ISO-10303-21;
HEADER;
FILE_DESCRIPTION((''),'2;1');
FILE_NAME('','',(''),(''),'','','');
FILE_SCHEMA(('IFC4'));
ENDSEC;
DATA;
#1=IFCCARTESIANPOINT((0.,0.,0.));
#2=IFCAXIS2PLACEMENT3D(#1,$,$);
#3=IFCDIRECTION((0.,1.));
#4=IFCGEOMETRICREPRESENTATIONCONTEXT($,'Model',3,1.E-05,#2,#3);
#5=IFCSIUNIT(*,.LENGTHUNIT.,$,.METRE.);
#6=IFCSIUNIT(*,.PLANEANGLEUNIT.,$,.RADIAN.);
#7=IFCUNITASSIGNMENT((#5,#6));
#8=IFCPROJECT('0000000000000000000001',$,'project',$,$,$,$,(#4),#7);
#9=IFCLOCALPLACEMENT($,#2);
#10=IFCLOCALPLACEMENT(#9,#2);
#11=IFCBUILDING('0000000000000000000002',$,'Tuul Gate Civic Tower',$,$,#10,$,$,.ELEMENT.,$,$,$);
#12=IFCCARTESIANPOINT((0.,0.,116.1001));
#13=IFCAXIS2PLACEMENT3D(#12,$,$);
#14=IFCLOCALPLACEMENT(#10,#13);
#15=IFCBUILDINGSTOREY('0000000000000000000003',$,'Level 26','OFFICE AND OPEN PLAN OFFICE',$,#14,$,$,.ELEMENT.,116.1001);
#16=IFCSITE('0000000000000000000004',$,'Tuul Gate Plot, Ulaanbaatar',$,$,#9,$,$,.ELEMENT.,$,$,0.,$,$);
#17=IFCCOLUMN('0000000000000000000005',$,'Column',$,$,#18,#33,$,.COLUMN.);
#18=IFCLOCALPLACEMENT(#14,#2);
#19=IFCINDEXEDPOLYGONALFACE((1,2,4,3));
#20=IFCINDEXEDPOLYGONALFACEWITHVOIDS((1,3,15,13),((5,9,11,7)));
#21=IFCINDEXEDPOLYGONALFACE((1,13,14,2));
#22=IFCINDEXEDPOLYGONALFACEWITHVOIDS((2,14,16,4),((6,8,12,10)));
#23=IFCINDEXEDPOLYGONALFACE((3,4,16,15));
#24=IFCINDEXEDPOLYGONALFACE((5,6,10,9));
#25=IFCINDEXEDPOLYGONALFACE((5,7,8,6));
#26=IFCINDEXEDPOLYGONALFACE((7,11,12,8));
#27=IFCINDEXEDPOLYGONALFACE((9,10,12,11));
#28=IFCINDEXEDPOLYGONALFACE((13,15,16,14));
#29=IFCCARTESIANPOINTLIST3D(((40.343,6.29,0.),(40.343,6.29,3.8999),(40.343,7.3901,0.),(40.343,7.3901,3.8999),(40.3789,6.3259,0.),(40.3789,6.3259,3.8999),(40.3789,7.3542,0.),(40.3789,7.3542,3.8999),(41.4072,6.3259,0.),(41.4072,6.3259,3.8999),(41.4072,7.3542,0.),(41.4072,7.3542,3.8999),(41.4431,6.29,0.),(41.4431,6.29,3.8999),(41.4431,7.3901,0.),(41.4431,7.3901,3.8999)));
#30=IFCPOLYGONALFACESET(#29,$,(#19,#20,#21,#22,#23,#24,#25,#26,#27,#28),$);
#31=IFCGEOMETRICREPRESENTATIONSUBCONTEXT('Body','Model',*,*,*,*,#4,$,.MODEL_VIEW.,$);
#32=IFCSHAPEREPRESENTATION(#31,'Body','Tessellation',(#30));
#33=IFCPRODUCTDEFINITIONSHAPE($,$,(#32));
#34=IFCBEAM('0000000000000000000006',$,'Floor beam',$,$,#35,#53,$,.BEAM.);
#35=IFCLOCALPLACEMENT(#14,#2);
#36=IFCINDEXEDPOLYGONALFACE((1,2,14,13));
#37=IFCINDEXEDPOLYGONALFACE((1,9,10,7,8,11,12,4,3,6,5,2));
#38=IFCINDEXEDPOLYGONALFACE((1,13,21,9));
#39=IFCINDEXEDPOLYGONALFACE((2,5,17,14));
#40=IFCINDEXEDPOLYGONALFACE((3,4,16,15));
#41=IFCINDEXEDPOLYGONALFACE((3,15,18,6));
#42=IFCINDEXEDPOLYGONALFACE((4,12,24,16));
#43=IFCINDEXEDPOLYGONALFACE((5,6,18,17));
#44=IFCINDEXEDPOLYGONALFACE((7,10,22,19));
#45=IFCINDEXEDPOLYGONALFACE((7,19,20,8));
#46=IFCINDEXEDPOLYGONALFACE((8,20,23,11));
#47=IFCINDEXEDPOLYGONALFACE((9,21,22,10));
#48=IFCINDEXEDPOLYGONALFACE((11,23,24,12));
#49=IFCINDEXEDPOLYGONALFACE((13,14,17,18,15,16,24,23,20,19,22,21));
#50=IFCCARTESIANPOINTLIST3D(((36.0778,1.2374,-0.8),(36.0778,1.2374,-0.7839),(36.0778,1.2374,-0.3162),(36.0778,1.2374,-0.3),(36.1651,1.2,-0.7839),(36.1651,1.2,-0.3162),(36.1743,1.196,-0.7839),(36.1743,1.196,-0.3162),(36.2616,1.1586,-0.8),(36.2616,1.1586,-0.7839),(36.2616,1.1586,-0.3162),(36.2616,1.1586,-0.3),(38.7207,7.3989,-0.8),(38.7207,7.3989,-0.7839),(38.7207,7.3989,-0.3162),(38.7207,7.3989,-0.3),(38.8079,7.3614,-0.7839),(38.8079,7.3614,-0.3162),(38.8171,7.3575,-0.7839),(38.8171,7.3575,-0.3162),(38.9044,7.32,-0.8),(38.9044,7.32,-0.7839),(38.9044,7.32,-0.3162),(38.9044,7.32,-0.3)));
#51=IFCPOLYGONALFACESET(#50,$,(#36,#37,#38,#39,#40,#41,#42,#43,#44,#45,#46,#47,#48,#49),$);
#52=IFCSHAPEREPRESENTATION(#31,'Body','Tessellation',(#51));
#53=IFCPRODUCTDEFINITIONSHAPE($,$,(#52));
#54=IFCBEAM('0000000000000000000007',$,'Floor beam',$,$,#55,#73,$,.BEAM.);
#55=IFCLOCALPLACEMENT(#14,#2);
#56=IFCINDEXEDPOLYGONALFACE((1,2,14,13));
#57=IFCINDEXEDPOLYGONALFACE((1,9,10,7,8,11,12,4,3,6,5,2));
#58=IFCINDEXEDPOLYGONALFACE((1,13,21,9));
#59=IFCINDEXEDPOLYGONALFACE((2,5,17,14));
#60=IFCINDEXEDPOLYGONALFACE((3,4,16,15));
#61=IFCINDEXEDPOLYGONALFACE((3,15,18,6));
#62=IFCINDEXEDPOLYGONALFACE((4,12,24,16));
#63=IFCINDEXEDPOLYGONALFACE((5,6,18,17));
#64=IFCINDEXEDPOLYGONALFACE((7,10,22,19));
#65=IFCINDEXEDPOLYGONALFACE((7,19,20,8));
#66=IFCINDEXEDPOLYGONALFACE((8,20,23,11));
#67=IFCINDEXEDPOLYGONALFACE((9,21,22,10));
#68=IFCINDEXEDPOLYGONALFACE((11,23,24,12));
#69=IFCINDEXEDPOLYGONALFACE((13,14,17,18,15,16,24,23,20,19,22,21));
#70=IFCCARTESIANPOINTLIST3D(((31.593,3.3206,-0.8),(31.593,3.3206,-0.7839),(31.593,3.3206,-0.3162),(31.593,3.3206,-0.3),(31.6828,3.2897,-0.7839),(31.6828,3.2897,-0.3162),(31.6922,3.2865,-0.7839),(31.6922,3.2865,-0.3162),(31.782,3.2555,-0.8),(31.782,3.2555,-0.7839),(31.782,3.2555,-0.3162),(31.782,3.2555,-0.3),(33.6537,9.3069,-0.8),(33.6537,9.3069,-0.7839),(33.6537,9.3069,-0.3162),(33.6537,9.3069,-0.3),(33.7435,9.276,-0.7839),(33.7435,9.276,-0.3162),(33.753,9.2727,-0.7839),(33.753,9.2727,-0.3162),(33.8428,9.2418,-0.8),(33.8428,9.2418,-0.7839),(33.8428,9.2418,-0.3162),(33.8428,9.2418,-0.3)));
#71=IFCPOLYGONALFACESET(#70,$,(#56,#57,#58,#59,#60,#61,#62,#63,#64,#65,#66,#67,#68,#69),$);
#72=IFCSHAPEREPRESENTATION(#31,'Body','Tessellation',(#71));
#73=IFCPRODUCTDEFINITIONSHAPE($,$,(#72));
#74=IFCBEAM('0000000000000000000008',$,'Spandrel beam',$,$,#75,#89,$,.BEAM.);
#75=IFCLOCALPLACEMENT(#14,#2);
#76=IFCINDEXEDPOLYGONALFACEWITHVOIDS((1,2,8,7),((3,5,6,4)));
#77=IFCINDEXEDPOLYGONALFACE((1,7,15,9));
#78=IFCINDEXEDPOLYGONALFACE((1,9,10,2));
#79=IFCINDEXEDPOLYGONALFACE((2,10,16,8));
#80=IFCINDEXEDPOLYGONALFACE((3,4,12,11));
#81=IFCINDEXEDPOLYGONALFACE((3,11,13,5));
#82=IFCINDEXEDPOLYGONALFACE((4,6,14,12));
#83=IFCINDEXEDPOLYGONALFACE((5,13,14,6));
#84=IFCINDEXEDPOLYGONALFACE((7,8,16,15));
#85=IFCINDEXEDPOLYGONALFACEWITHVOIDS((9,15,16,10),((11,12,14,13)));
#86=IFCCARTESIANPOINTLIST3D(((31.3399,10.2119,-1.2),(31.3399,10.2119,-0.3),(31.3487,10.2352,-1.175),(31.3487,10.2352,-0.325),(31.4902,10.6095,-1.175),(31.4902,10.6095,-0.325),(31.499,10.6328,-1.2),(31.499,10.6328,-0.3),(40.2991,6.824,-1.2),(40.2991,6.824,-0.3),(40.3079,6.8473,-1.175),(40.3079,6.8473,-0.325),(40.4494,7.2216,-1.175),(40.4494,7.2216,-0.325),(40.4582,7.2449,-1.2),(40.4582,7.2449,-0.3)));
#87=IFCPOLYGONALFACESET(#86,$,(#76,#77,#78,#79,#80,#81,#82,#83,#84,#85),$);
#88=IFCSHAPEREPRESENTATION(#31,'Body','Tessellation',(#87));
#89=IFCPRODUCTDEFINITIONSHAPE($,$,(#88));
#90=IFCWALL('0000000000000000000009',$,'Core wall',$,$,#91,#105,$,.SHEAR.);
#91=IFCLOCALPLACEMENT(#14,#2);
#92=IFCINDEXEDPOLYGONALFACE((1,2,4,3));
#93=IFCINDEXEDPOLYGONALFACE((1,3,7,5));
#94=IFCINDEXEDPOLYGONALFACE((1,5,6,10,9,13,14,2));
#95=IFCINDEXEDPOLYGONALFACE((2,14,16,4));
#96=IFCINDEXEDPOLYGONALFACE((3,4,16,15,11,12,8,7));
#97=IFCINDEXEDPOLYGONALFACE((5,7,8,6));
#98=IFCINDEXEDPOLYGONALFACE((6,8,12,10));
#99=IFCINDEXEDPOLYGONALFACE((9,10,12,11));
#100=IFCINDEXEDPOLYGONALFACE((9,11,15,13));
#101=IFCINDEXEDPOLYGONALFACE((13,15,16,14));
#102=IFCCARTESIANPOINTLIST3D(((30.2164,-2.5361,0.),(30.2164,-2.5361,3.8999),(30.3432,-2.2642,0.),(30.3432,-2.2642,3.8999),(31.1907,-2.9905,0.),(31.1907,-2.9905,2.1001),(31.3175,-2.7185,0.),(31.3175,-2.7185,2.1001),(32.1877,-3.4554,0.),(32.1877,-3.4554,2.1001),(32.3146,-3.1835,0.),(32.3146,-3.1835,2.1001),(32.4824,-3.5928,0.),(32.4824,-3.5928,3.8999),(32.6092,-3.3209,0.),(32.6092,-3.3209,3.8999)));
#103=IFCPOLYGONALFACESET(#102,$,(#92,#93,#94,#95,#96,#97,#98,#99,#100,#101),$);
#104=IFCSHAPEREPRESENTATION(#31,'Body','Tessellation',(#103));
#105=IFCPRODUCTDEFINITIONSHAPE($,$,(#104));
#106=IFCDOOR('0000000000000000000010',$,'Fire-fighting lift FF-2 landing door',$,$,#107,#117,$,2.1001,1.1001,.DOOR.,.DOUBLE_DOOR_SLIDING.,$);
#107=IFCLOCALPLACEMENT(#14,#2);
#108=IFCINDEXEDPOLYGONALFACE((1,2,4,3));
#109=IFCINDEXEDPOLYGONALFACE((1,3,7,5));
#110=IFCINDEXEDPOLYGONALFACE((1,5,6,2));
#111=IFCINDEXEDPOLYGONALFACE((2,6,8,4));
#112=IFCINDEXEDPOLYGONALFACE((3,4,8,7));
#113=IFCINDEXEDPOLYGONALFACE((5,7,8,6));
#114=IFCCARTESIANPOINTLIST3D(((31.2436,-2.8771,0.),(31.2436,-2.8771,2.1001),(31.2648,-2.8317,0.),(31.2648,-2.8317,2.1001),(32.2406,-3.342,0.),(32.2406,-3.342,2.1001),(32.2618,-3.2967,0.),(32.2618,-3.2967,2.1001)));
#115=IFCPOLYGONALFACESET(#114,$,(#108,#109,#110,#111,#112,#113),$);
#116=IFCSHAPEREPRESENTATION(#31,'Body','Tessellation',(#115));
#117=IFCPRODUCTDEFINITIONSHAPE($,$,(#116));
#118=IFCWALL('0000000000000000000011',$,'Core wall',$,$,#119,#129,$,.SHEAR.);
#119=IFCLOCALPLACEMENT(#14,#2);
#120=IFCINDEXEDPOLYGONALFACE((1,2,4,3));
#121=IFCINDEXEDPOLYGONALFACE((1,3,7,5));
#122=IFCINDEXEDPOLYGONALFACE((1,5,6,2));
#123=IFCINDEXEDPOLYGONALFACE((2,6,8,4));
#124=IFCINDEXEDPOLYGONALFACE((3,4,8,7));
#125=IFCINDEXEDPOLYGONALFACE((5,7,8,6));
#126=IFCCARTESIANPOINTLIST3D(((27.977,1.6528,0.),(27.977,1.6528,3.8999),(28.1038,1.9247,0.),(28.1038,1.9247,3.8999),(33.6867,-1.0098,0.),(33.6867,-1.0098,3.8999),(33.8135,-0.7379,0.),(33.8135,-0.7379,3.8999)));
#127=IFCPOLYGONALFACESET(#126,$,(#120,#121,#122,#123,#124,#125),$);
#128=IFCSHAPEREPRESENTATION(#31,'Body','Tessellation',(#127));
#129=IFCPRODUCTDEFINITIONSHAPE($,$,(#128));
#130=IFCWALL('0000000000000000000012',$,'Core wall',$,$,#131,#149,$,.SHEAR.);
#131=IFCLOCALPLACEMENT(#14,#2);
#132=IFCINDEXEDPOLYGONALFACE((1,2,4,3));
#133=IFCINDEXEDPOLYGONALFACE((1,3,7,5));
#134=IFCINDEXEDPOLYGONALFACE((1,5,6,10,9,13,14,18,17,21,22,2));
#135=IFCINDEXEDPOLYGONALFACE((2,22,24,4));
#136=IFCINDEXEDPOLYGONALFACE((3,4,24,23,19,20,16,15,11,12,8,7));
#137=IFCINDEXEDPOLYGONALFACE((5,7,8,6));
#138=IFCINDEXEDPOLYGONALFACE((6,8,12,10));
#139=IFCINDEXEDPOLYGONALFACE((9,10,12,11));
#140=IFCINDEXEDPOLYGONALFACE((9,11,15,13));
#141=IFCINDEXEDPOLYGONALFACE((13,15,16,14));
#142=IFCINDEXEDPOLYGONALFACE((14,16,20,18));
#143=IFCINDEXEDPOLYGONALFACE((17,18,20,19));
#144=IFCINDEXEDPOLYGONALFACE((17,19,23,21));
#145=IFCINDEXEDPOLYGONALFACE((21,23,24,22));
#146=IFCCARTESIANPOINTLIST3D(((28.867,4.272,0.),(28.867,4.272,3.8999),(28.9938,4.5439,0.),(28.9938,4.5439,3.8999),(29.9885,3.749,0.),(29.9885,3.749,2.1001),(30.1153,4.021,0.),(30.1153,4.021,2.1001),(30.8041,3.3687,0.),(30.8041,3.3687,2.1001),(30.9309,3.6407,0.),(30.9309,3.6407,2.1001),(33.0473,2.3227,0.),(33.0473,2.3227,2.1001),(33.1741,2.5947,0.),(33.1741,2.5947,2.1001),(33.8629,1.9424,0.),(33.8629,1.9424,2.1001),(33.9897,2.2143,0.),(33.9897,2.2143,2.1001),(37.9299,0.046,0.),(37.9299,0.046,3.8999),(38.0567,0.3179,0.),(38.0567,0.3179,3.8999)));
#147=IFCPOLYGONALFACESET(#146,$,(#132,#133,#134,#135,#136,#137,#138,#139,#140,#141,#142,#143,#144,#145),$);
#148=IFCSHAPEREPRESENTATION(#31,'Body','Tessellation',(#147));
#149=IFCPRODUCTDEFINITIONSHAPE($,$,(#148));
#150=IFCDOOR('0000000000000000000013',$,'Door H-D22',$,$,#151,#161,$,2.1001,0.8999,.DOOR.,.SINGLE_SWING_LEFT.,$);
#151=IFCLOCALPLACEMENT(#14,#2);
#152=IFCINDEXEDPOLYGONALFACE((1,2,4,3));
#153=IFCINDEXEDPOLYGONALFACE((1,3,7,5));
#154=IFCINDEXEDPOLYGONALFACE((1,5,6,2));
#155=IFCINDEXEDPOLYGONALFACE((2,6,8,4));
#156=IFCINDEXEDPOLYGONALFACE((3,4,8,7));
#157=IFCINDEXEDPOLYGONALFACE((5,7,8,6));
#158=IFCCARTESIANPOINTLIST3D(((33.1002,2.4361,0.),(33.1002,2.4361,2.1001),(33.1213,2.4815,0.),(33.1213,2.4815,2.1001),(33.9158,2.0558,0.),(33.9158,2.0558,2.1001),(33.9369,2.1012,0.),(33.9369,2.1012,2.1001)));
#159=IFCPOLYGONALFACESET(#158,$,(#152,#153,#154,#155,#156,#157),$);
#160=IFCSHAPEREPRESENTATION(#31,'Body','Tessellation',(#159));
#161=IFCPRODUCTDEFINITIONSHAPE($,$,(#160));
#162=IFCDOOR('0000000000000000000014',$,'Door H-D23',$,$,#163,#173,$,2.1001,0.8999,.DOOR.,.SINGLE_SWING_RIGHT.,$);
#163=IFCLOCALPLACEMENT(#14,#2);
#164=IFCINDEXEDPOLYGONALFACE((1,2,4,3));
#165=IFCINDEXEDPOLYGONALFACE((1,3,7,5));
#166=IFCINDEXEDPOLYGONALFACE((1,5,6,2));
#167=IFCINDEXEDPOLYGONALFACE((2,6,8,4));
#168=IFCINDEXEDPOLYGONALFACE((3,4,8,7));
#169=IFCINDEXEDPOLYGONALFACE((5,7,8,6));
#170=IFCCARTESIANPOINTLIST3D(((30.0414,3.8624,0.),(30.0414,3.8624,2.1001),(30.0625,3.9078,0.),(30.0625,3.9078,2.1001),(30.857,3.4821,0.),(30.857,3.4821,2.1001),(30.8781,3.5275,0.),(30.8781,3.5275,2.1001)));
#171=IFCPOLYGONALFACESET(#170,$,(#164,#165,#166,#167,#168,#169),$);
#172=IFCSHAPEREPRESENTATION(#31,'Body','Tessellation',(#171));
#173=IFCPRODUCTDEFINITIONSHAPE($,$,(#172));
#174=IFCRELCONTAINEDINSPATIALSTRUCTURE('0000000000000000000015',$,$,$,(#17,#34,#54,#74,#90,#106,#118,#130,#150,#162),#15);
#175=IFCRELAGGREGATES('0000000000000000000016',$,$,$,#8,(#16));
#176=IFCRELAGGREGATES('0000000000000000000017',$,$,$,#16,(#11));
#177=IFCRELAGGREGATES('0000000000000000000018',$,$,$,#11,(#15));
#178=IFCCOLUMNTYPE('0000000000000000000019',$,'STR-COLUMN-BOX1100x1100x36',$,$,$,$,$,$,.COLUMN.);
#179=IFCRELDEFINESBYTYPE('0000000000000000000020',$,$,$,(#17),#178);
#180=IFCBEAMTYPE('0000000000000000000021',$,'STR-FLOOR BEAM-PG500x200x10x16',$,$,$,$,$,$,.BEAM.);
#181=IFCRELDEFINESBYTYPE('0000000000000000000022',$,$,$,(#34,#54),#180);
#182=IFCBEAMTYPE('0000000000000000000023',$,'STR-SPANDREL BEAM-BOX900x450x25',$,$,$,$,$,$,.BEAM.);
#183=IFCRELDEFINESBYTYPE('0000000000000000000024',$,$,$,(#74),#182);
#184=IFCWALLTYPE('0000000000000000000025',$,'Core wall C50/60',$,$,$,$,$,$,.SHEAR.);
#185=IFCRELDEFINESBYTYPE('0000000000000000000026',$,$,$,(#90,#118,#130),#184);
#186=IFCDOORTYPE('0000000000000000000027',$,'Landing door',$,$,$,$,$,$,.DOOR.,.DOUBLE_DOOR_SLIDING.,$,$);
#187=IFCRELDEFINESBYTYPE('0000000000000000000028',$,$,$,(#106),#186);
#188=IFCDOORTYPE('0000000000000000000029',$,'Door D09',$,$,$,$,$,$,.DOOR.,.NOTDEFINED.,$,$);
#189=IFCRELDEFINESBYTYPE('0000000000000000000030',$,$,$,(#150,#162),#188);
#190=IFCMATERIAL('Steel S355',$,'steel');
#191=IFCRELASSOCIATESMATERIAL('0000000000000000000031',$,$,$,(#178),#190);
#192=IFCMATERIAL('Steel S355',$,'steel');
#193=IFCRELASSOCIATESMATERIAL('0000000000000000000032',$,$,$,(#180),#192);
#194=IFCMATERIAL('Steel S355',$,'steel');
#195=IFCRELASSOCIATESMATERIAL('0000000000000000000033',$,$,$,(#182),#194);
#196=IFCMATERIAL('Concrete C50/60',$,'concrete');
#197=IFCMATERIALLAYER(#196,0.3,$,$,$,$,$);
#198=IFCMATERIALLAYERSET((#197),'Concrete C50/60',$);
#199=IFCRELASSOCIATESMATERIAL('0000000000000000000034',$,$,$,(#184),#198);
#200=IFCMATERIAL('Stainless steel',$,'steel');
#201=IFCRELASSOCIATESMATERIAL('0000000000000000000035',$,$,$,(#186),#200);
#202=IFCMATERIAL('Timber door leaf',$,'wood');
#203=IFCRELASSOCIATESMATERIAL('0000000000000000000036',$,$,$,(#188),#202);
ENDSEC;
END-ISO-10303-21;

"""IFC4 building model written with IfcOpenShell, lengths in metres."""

from ifc_helpers import new_model, si_unit, direction, frame, frame_2d, origin, origin_2d, place, context, subcontext, project, spatial, rectangle, hollow_rectangle, i_section, extrude, material, layer, layer_set, material_profile, profile_set, type_object, element, fill, save


model = new_model("IFC4")

# Units and contexts
model_context = context("Model", 3, precision=1e-05, world=origin(), true_north=direction((0.0, 1.0)))
body_context = subcontext(model_context, "Body", "Model", "MODEL_VIEW")
ifc_project = project(units=[si_unit("LENGTHUNIT", "METRE"), si_unit("PLANEANGLEUNIT", "RADIAN")], contexts=[model_context])

# Site, building, storey
site_placement = place(None, origin())
site = spatial("IfcSite", under=ifc_project, at=site_placement, Name="Tuul Gate Plot, Ulaanbaatar", CompositionType="ELEMENT", RefElevation=0.0)
building_placement = place(site_placement, origin())
building = spatial("IfcBuilding", under=site, at=building_placement, Name="Tuul Gate Civic Tower", CompositionType="ELEMENT")
storey_placement = place(building_placement, frame((0.0, 0.0, 116.1001)))
storey = spatial("IfcBuildingStorey", under=building, at=storey_placement, Name="Level 26", Description="OFFICE AND OPEN PLAN OFFICE", CompositionType="ELEMENT", Elevation=116.1001)

# Column
ifc_material_1 = material(Name="Steel S355", Category="steel")
ifc_material_profile_1 = material_profile(ifc_material_1, hollow_rectangle(XDim=1.1001, YDim=1.1001, WallThickness=0.0359, at=origin_2d()), Name="BOX1100x1100x36")
ifc_profile_set_1 = profile_set([ifc_material_profile_1], Name="Steel S355")
column_type = type_object("IfcColumnType", Name="STR-COLUMN-BOX1100x1100x36", PredefinedType="COLUMN", material=ifc_profile_set_1)
column_placement = place(storey_placement, frame((40.8931, 6.8401, 0.0), z_axis=(0.0, 0.0, 1.0), x_axis=(1.0, 0.0, 0.0)))
element("IfcColumn", 1, at=column_placement, inside=storey, type_object=column_type, Name="Column", PredefinedType="COLUMN", context=body_context, shape_type="SweptSolid", body=[
    extrude(hollow_rectangle(XDim=1.1001, YDim=1.1001, WallThickness=0.0359, at=origin_2d()), origin(), (0.0, 0.0, 1.0), 3.8999),
])

# Beams
ifc_material_2 = material(Name="Steel S355", Category="steel")
ifc_material_profile_2 = material_profile(ifc_material_2, i_section(OverallWidth=0.2, OverallDepth=0.5, WebThickness=0.01, FlangeThickness=0.0161, at=origin_2d()), Name="PG500x200x10x16")
ifc_profile_set_2 = profile_set([ifc_material_profile_2], Name="Steel S355")
beam_type_1 = type_object("IfcBeamType", Name="STR-FLOOR BEAM-PG500x200x10x16", PredefinedType="BEAM", material=ifc_profile_set_2)
beam_1_placement = place(storey_placement, frame((36.1697, 1.198, -0.55), z_axis=(0.394201, 0.919024, 0.0), x_axis=(-0.919024, 0.394201, 0.0)))
element("IfcBeam", 2, at=beam_1_placement, inside=storey, type_object=beam_type_1, Name="Floor beam", PredefinedType="BEAM", context=body_context, shape_type="SweptSolid", body=[
    extrude(i_section(OverallWidth=0.2, OverallDepth=0.5, WebThickness=0.01, FlangeThickness=0.0161, at=origin_2d()), origin(), (0.0, 0.0, 1.0), 6.7043),
])
beam_2_placement = place(storey_placement, frame((31.6875, 3.2881, -0.55), z_axis=(0.325502, 0.945541, 0.0), x_axis=(-0.945541, 0.325502, 0.0)))
element("IfcBeam", 3, at=beam_2_placement, inside=storey, type_object=beam_type_1, Name="Floor beam", PredefinedType="BEAM", context=body_context, shape_type="SweptSolid", body=[
    extrude(i_section(OverallWidth=0.2, OverallDepth=0.5, WebThickness=0.01, FlangeThickness=0.0161, at=origin_2d()), origin(), (0.0, 0.0, 1.0), 6.3311),
])
ifc_material_3 = material(Name="Steel S355", Category="steel")
ifc_material_profile_3 = material_profile(ifc_material_3, hollow_rectangle(XDim=0.45, YDim=0.8999, WallThickness=0.0249, at=origin_2d()), Name="BOX900x450x25")
ifc_profile_set_3 = profile_set([ifc_material_profile_3], Name="Steel S355")
beam_type_2 = type_object("IfcBeamType", Name="STR-SPANDREL BEAM-BOX900x450x25", PredefinedType="BEAM", material=ifc_profile_set_3)
beam_3_placement = place(storey_placement, frame((40.3787, 7.0344, -0.75), z_axis=(-0.935357, 0.353706, 0.0), x_axis=(-0.353706, -0.935357, 0.0)))
element("IfcBeam", 4, at=beam_3_placement, inside=storey, type_object=beam_type_2, Name="Spandrel beam", PredefinedType="BEAM", context=body_context, shape_type="SweptSolid", body=[
    extrude(hollow_rectangle(XDim=0.45, YDim=0.8999, WallThickness=0.0249, at=origin_2d()), origin(), (0.0, 0.0, 1.0), 9.5784),
])

# Wall, opening, door
ifc_material_4 = material(Name="Concrete C50/60", Category="concrete")
ifc_layer_1 = layer(ifc_material_4, 0.3)
ifc_layer_set_1 = layer_set([ifc_layer_1], Name="Concrete C50/60")
wall_type_1 = type_object("IfcWallType", Name="Core wall C50/60", PredefinedType="SHEAR", material=ifc_layer_set_1)
wall_1_placement = place(storey_placement, frame((32.5457, -3.4568, 0.0), z_axis=(0.0, 0.0, 1.0), x_axis=(-0.9063, 0.422634, 0.0)))
wall_1 = element("IfcWall", 5, at=wall_1_placement, inside=storey, type_object=wall_type_1, Name="Core wall", PredefinedType="SHEAR", context=body_context, shape_type="SweptSolid", body=[
    extrude(rectangle(XDim=2.5002, YDim=0.3, at=frame_2d((1.25, 0.0))), origin(), (0.0, 0.0, 1.0), 3.8999),
])
opening_1_placement = place(wall_1_placement, frame((0.325, 0.0, 0.0)))
opening_1 = element("IfcOpeningElement", 6, at=opening_1_placement, cuts=wall_1, PredefinedType="OPENING", context=body_context, shape_type="SweptSolid", body=[
    extrude(rectangle(XDim=1.1001, YDim=2.1001, at=frame_2d((0.55, 1.05))), frame((0.0, 0.1602, 0.0), z_axis=(0.0, -1.0, 0.0), x_axis=(1.0, 0.0, 0.0)), (0.0, 0.0, 1.0), 0.3201),
])
ifc_material_5 = material(Name="Stainless steel", Category="steel")
door_type_1 = type_object("IfcDoorType", Name="Landing door", OperationType="DOUBLE_DOOR_SLIDING", PredefinedType="DOOR", material=ifc_material_5)
door_1_placement = place(opening_1_placement, origin())
door_1 = element("IfcDoor", 7, at=door_1_placement, inside=storey, type_object=door_type_1, Name="Fire-fighting lift FF-2 landing door", OperationType="DOUBLE_DOOR_SLIDING", OverallHeight=2.1001, OverallWidth=1.1001, PredefinedType="DOOR", context=body_context, shape_type="SweptSolid", body=[
    extrude(rectangle(XDim=1.1001, YDim=2.1001, at=frame_2d((0.55, 1.05))), frame((0.0, 0.0249, 0.0), z_axis=(0.0, -1.0, 0.0), x_axis=(1.0, 0.0, 0.0)), (0.0, 0.0, 1.0), 0.05),
])
fill(opening_1, door_1)

# Wall
wall_2_placement = place(storey_placement, frame((33.75, -0.8738, 0.0), z_axis=(0.0, 0.0, 1.0), x_axis=(-0.906301, 0.422633, 0.0)))
element("IfcWall", 8, at=wall_2_placement, inside=storey, type_object=wall_type_1, Name="Core wall", PredefinedType="SHEAR", context=body_context, shape_type="SweptSolid", body=[
    extrude(rectangle(XDim=6.3, YDim=0.3, at=frame_2d((3.1499, 0.0))), origin(), (0.0, 0.0, 1.0), 3.8999),
])

# Wall, openings, doors
wall_3_placement = place(storey_placement, frame((37.9934, 0.1819, 0.0), z_axis=(0.0, 0.0, 1.0), x_axis=(-0.90631, 0.422613, 0.0)))
wall_3 = element("IfcWall", 9, at=wall_3_placement, inside=storey, type_object=wall_type_1, Name="Core wall", PredefinedType="SHEAR", context=body_context, shape_type="SweptSolid", body=[
    extrude(rectangle(XDim=9.9998, YDim=0.3, at=frame_2d((5.0, 0.0))), origin(), (0.0, 0.0, 1.0), 3.8999),
])
opening_2_placement = place(wall_3_placement, frame((4.4875, 0.0, 0.0)))
opening_2 = element("IfcOpeningElement", 10, at=opening_2_placement, cuts=wall_3, PredefinedType="OPENING", context=body_context, shape_type="SweptSolid", body=[
    extrude(rectangle(XDim=0.8999, YDim=2.1001, at=frame_2d((0.45, 1.05))), frame((0.0, 0.1602, 0.0), z_axis=(0.0, -1.0, 0.0), x_axis=(1.0, 0.0, 0.0)), (0.0, 0.0, 1.0), 0.3201),
])
opening_3_placement = place(wall_3_placement, frame((7.8625, 0.0, 0.0)))
opening_3 = element("IfcOpeningElement", 11, at=opening_3_placement, cuts=wall_3, PredefinedType="OPENING", context=body_context, shape_type="SweptSolid", body=[
    extrude(rectangle(XDim=0.8999, YDim=2.1001, at=frame_2d((0.45, 1.05))), frame((0.0, 0.1602, 0.0), z_axis=(0.0, -1.0, 0.0), x_axis=(1.0, 0.0, 0.0)), (0.0, 0.0, 1.0), 0.3201),
])
ifc_material_6 = material(Name="Timber door leaf", Category="wood")
door_type_2 = type_object("IfcDoorType", Name="Door D09", OperationType="NOTDEFINED", PredefinedType="DOOR", material=ifc_material_6)
door_2_placement = place(opening_2_placement, origin())
door_2 = element("IfcDoor", 12, at=door_2_placement, inside=storey, type_object=door_type_2, Name="Door H-D22", OperationType="SINGLE_SWING_LEFT", OverallHeight=2.1001, OverallWidth=0.8999, PredefinedType="DOOR", context=body_context, shape_type="SweptSolid", body=[
    extrude(rectangle(XDim=0.8999, YDim=2.1001, at=frame_2d((0.45, 1.05))), frame((0.0, 0.0249, 0.0), z_axis=(0.0, -1.0, 0.0), x_axis=(1.0, 0.0, 0.0)), (0.0, 0.0, 1.0), 0.05),
])
fill(opening_2, door_2)
door_3_placement = place(opening_3_placement, origin())
door_3 = element("IfcDoor", 13, at=door_3_placement, inside=storey, type_object=door_type_2, Name="Door H-D23", OperationType="SINGLE_SWING_RIGHT", OverallHeight=2.1001, OverallWidth=0.8999, PredefinedType="DOOR", context=body_context, shape_type="SweptSolid", body=[
    extrude(rectangle(XDim=0.8999, YDim=2.1001, at=frame_2d((0.45, 1.05))), frame((0.0, 0.0249, 0.0), z_axis=(0.0, -1.0, 0.0), x_axis=(1.0, 0.0, 0.0)), (0.0, 0.0, 1.0), 0.05),
])
fill(opening_3, door_3)

save(model, "model.ifc")
